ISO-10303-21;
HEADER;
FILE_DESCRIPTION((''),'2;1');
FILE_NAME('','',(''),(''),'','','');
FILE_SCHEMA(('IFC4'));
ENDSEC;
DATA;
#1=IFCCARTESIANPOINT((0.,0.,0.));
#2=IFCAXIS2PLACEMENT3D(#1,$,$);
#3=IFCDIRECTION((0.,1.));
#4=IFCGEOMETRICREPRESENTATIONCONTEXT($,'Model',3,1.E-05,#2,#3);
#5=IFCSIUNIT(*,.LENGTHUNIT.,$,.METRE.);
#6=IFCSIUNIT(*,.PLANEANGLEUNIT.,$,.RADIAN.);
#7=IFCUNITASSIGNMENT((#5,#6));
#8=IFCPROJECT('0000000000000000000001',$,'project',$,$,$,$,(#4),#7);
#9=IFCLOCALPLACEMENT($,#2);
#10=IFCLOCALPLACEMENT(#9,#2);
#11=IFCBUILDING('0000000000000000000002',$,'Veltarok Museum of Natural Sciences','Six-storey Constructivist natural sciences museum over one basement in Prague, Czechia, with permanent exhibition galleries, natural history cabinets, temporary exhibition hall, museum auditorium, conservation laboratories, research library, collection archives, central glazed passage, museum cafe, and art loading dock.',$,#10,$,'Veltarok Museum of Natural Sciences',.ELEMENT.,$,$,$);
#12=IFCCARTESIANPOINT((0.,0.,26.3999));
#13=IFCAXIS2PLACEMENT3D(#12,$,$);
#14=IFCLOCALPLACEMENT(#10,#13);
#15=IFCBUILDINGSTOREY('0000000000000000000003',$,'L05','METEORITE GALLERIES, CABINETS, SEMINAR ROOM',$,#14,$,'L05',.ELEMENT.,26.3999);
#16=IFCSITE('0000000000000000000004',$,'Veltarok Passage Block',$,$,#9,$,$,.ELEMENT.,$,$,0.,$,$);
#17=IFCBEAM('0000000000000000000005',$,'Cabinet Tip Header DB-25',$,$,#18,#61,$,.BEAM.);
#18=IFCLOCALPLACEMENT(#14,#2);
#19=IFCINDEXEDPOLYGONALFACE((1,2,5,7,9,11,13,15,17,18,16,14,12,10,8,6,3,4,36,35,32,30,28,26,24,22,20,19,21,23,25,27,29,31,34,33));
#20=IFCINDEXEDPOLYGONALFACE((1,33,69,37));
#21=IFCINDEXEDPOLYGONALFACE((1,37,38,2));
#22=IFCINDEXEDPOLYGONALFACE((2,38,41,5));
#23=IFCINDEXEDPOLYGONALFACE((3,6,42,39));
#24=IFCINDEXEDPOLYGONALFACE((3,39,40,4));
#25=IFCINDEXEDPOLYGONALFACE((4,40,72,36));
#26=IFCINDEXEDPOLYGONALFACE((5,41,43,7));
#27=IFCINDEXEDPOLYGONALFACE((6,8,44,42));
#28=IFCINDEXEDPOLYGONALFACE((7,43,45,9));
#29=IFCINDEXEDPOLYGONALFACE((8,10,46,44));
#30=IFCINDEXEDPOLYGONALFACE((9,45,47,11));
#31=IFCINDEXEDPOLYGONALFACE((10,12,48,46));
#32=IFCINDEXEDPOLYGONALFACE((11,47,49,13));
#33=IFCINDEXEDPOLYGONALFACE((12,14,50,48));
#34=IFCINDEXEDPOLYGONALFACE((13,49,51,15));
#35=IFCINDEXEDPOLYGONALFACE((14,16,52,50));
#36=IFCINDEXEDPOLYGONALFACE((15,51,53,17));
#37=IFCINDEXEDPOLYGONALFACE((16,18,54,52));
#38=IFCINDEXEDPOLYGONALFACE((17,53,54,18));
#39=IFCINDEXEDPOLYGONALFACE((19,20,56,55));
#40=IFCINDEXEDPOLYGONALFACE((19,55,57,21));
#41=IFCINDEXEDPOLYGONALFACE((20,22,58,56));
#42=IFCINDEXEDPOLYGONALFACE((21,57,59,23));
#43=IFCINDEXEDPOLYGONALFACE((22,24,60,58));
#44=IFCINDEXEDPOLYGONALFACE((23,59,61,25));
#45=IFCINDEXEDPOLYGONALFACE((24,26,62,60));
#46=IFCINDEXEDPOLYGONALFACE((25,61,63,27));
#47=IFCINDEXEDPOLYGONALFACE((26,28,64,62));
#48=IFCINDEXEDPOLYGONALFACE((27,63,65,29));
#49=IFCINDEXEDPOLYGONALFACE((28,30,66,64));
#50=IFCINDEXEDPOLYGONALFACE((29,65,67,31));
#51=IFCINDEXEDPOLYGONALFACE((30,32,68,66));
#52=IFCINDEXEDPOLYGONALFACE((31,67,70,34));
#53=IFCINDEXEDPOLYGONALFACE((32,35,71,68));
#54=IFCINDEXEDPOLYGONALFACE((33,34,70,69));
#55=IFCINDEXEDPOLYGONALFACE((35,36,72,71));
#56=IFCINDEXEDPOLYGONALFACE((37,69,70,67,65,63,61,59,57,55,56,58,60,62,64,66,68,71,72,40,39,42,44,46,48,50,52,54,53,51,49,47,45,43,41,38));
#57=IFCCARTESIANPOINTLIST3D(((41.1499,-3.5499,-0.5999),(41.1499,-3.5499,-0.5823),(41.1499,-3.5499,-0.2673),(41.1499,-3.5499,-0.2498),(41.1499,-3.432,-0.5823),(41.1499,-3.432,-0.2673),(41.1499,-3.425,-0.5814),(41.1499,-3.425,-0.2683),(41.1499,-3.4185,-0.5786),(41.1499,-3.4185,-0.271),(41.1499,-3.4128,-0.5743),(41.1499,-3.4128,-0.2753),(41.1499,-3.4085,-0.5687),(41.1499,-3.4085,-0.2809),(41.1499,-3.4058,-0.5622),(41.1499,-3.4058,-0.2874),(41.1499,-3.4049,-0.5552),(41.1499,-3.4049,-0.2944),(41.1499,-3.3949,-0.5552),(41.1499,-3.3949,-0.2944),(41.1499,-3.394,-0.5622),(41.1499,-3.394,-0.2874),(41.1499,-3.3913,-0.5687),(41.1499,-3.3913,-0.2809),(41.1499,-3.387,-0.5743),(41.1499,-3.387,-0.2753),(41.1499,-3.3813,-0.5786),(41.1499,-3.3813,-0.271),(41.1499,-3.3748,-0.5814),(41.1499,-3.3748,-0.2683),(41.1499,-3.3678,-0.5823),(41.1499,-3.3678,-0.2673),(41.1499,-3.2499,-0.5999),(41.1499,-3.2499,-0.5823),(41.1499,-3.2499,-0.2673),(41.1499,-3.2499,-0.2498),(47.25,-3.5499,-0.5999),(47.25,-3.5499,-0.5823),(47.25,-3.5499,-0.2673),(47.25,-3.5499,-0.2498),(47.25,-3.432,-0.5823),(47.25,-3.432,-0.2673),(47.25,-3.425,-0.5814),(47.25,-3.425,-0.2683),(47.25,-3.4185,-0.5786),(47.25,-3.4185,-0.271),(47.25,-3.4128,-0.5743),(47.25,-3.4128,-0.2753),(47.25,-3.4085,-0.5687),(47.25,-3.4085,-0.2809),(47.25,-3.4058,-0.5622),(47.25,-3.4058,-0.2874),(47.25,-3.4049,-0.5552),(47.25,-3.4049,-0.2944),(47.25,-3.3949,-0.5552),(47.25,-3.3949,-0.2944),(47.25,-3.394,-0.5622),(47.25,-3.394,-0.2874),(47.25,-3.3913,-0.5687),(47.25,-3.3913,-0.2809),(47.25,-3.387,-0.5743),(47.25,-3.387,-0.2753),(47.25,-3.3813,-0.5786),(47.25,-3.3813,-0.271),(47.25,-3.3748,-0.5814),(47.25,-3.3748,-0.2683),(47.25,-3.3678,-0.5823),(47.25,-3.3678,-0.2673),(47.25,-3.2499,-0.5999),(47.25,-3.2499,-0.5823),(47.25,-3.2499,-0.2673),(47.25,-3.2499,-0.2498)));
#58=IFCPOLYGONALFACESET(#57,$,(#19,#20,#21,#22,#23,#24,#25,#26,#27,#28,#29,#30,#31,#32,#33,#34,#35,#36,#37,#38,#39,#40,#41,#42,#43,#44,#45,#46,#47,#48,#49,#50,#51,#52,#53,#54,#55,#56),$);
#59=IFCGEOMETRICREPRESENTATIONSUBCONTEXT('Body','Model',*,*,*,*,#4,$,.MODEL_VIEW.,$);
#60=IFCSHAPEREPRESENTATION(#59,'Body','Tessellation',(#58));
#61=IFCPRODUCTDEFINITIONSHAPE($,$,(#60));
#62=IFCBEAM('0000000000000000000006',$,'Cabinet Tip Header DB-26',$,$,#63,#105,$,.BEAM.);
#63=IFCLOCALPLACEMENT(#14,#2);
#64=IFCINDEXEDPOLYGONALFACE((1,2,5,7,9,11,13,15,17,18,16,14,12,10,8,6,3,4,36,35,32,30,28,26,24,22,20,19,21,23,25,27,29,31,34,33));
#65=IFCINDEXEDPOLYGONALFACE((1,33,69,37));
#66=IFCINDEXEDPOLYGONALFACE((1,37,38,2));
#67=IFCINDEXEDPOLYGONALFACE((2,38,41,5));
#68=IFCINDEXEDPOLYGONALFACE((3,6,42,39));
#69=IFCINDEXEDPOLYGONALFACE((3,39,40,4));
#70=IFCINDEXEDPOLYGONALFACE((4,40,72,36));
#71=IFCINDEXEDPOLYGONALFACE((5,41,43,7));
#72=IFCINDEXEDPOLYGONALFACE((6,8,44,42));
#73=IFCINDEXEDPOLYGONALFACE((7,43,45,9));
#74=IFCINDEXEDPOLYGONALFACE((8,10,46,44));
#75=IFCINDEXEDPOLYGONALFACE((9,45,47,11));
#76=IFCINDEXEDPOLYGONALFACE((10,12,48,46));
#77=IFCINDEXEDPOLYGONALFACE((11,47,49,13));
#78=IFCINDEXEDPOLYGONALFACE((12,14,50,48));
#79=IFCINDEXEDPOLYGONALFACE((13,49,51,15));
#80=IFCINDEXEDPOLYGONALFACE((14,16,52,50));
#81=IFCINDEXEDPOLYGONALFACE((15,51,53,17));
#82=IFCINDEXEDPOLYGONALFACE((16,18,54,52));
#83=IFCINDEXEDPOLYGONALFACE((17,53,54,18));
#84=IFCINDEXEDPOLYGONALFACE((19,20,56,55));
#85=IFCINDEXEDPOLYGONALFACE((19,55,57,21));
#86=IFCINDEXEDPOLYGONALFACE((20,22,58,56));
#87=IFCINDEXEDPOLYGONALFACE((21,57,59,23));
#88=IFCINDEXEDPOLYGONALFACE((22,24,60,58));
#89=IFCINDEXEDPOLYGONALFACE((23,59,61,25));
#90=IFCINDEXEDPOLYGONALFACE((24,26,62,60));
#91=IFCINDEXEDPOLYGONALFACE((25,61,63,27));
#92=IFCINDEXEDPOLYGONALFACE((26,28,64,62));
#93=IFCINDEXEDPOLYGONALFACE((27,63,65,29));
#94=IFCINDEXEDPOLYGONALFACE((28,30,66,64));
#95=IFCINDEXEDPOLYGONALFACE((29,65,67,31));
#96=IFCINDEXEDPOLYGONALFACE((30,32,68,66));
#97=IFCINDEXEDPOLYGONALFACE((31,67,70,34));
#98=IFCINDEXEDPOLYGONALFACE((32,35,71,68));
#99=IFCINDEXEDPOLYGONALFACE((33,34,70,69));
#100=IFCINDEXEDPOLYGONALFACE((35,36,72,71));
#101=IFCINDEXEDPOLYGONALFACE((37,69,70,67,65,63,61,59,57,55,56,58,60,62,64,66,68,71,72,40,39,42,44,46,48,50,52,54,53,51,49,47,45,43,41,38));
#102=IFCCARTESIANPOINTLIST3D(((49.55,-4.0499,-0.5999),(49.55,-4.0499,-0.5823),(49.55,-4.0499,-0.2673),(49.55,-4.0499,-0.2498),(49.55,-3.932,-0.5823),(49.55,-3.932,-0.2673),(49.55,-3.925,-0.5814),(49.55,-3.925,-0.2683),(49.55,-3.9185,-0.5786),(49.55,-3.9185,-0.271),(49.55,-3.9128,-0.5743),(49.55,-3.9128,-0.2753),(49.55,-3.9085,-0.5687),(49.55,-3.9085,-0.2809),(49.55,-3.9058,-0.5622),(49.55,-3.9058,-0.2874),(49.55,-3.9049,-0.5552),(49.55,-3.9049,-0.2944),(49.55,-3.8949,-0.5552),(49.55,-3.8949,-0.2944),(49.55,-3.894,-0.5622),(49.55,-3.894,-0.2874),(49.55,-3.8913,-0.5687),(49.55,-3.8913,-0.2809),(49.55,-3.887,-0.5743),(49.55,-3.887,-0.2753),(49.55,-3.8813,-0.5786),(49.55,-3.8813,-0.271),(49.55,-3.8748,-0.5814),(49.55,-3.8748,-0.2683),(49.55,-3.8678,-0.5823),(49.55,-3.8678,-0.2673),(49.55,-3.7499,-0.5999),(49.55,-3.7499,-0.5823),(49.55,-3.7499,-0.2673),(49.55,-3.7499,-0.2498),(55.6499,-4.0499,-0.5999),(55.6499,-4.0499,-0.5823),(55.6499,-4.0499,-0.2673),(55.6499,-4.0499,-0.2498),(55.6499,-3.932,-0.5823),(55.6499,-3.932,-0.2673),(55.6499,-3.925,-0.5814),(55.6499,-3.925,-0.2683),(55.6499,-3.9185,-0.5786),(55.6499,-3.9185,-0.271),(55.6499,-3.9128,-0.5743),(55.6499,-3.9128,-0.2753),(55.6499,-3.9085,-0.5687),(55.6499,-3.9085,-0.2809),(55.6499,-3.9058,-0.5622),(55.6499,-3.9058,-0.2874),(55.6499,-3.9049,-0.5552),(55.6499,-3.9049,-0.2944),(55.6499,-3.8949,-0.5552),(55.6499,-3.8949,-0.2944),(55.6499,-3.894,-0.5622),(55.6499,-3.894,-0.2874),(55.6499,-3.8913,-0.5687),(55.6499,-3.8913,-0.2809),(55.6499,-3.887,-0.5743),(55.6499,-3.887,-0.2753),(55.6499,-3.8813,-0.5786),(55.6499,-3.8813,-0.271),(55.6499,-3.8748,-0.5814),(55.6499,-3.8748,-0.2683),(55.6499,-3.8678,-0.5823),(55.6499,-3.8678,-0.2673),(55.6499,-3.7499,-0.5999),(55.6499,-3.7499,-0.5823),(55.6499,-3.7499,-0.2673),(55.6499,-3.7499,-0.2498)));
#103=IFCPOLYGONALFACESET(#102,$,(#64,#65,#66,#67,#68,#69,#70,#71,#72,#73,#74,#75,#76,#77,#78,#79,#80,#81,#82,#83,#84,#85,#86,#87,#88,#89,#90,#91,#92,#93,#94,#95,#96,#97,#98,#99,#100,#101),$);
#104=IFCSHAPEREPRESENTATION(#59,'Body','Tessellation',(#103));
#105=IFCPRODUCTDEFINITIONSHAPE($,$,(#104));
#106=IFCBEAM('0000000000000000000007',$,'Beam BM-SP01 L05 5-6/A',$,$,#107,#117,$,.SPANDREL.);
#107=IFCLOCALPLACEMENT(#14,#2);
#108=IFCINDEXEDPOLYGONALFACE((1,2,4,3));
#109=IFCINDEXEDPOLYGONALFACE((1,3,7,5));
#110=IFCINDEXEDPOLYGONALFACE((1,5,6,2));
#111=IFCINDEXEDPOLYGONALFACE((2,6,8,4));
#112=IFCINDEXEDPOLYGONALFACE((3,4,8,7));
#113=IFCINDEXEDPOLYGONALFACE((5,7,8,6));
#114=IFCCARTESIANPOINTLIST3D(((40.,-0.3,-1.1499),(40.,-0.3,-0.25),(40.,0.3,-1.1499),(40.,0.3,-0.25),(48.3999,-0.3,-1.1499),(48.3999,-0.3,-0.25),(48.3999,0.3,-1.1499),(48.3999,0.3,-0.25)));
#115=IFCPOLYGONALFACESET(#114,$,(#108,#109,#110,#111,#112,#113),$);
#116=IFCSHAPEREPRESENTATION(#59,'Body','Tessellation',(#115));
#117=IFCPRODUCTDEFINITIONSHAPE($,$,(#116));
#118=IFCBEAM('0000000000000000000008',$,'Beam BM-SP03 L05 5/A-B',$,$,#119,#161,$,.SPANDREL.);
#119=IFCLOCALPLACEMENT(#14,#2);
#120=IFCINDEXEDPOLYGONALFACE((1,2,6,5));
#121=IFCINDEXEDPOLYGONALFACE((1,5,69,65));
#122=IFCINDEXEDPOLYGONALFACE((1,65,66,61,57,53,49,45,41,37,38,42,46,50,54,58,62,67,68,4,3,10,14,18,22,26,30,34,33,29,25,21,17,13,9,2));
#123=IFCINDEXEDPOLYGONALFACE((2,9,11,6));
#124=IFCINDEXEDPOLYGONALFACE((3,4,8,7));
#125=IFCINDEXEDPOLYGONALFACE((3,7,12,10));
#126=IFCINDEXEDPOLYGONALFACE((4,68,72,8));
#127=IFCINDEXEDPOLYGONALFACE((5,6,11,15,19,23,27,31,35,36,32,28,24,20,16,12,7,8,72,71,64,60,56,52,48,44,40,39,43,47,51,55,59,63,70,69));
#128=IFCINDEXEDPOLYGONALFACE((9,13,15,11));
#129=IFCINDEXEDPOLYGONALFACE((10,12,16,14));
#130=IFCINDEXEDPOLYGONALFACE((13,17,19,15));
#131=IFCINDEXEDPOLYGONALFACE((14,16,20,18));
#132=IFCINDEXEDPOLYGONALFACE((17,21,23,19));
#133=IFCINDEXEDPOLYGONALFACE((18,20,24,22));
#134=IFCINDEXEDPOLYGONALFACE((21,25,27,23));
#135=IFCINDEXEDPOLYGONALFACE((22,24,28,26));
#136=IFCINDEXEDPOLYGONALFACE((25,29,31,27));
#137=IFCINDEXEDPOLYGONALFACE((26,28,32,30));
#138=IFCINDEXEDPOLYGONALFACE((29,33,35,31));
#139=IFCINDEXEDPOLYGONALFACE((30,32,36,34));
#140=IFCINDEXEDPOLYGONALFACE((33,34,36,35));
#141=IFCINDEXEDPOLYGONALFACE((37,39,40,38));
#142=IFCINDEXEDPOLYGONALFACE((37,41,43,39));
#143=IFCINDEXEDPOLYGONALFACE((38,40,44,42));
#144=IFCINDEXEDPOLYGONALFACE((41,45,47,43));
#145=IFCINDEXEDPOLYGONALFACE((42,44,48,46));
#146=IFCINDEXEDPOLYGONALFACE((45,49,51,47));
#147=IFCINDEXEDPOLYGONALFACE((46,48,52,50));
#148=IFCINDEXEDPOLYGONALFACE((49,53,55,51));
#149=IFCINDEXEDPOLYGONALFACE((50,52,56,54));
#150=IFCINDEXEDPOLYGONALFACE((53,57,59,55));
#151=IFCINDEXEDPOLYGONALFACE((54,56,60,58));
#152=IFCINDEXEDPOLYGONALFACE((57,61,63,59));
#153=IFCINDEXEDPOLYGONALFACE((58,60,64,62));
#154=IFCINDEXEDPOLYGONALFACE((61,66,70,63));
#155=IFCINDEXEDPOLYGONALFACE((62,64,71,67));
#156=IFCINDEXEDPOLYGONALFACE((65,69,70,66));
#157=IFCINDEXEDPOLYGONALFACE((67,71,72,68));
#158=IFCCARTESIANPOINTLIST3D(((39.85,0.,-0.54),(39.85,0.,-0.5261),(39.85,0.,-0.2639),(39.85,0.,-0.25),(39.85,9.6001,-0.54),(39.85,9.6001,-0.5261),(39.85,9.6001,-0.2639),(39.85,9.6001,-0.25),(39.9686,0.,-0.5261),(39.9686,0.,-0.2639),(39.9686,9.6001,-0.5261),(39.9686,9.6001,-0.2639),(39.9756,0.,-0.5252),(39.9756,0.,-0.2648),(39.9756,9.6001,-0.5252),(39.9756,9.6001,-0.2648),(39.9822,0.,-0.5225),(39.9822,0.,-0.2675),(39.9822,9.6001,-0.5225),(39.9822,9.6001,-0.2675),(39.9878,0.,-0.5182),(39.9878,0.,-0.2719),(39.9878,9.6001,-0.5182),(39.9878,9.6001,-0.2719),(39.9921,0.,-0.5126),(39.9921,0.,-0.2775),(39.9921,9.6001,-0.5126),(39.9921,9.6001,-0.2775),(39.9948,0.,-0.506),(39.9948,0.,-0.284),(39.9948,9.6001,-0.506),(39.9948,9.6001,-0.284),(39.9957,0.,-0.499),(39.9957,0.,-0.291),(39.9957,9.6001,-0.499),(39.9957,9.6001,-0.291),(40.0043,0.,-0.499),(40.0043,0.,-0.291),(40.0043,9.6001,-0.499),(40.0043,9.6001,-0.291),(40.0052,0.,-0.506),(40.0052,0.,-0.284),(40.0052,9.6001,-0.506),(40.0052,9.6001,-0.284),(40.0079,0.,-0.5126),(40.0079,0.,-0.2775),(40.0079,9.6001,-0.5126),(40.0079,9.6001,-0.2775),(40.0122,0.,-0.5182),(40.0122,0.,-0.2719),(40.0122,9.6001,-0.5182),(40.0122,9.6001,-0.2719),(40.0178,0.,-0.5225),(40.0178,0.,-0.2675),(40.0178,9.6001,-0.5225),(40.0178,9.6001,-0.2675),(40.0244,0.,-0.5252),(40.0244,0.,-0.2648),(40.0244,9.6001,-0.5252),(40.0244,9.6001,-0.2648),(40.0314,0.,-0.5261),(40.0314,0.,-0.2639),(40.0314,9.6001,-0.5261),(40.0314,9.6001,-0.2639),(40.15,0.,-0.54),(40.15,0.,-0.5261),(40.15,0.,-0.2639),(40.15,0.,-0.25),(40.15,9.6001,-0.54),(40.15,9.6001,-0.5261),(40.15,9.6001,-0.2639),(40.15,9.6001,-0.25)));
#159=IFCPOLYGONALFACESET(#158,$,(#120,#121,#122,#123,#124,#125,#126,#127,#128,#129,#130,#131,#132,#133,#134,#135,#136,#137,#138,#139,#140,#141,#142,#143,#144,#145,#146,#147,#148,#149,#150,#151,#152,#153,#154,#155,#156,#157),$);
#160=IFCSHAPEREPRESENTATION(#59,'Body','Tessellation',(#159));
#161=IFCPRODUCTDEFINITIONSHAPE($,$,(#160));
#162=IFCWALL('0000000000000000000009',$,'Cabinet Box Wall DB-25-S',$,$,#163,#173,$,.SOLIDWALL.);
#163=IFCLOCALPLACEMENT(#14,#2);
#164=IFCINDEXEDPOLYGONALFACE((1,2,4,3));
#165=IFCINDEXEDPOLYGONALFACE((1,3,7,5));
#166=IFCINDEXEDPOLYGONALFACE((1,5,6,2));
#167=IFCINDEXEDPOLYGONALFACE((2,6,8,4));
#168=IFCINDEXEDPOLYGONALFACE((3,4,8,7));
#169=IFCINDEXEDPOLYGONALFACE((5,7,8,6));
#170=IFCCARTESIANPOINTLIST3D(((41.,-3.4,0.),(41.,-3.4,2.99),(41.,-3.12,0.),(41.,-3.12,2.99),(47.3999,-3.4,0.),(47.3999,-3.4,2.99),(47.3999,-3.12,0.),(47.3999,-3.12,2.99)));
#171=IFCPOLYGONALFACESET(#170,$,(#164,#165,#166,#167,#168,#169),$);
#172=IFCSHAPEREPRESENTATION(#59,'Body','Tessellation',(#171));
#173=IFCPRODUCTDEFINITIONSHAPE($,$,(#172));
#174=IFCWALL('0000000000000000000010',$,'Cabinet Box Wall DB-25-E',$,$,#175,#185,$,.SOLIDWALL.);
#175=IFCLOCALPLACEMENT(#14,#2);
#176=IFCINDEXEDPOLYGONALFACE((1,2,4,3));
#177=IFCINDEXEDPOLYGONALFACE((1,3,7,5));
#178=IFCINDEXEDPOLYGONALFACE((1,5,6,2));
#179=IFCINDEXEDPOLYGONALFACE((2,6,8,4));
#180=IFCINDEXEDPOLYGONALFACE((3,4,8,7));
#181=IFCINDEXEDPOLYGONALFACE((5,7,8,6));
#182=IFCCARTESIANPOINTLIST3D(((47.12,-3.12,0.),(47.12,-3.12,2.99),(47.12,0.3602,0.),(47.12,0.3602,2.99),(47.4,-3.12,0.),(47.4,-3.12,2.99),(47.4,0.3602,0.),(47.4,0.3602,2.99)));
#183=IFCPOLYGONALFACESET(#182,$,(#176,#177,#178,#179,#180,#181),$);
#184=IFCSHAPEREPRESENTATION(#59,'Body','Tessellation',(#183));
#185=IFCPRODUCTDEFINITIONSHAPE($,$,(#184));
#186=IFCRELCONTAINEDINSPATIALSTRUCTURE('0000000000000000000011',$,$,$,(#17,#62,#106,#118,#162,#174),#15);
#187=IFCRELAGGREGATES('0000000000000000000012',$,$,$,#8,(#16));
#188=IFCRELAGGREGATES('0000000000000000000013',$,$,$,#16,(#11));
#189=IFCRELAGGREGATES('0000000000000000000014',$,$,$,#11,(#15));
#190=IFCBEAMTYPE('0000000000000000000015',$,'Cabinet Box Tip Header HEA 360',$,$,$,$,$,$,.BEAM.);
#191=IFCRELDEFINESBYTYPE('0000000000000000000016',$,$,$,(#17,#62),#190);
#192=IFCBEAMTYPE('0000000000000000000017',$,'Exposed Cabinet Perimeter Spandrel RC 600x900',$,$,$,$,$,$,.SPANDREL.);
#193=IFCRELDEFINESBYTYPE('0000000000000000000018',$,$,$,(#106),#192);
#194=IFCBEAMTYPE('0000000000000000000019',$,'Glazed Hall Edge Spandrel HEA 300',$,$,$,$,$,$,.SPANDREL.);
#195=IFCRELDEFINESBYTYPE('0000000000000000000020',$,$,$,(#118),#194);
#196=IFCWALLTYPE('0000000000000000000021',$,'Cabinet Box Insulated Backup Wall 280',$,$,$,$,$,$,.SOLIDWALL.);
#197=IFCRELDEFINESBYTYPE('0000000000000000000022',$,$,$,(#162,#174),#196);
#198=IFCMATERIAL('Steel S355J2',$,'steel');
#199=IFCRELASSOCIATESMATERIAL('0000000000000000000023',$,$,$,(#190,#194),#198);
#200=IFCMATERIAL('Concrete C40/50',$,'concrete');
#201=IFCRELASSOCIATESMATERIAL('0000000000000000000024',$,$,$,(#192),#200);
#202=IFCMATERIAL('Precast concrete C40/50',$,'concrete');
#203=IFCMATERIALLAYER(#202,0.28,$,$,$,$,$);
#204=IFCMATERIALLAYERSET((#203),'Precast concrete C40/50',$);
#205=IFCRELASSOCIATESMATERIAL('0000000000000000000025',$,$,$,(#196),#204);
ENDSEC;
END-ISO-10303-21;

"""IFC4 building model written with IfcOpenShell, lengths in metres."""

from ifc_helpers import new_model, si_unit, direction, frame, frame_2d, origin, origin_2d, place, context, subcontext, project, spatial, rectangle, i_section, extrude, material, layer, layer_set, material_profile, profile_set, type_object, element, save


model = new_model("IFC4")

# Units and contexts
model_context = context("Model", 3, precision=1e-05, world=origin(), true_north=direction((0.0, 1.0)))
body_context = subcontext(model_context, "Body", "Model", "MODEL_VIEW")
ifc_project = project(units=[si_unit("LENGTHUNIT", "METRE"), si_unit("PLANEANGLEUNIT", "RADIAN")], contexts=[model_context])

# Site, building, storey
site_placement = place(None, origin())
site = spatial("IfcSite", under=ifc_project, at=site_placement, Name="Veltarok Passage Block", CompositionType="ELEMENT", RefElevation=0.0)
building_placement = place(site_placement, origin())
building = spatial("IfcBuilding", under=site, at=building_placement, Name="Veltarok Museum of Natural Sciences", Description="Six-storey Constructivist natural sciences museum over one basement in Prague, Czechia, with permanent exhibition galleries, natural history cabinets, temporary exhibition hall, museum auditorium, conservation laboratories, research library, collection archives, central glazed passage, museum cafe, and art loading dock.", LongName="Veltarok Museum of Natural Sciences", CompositionType="ELEMENT")
storey_placement = place(building_placement, frame((0.0, 0.0, 26.3999)))
storey = spatial("IfcBuildingStorey", under=building, at=storey_placement, Name="L05", Description="METEORITE GALLERIES, CABINETS, SEMINAR ROOM", LongName="L05", CompositionType="ELEMENT", Elevation=26.3999)

# Shared definitions
ifc_material_1 = material(Name="Concrete C40/50", Category="concrete")

# Beams
ifc_material_2 = material(Name="Steel S355J2", Category="steel")
ifc_material_profile_1 = material_profile(ifc_material_2, i_section(OverallWidth=0.3, OverallDepth=0.3501, WebThickness=0.01, FlangeThickness=0.0176, FilletRadius=0.0271, at=origin_2d()), Name="HEA 360")
ifc_profile_set_1 = profile_set([ifc_material_profile_1], Name="Steel S355J2")
beam_type_1 = type_object("IfcBeamType", Name="Cabinet Box Tip Header HEA 360", PredefinedType="BEAM", material=ifc_profile_set_1)
beam_1_placement = place(storey_placement, frame((41.1499, -3.3999, -0.4248), z_axis=(1.0, 0.0, 0.0), x_axis=(0.0, 1.0, 0.0)))
element("IfcBeam", 1, at=beam_1_placement, inside=storey, type_object=beam_type_1, Name="Cabinet Tip Header DB-25", PredefinedType="BEAM", context=body_context, shape_type="SweptSolid", body=[
    extrude(i_section(OverallWidth=0.3, OverallDepth=0.3501, WebThickness=0.01, FlangeThickness=0.0176, FilletRadius=0.0271, at=origin_2d()), origin(), (0.0, 0.0, 1.0), 6.1001),
])
beam_2_placement = place(storey_placement, frame((49.55, -3.8999, -0.4248), z_axis=(1.0, 0.0, 0.0), x_axis=(0.0, 1.0, 0.0)))
element("IfcBeam", 2, at=beam_2_placement, inside=storey, type_object=beam_type_1, Name="Cabinet Tip Header DB-26", PredefinedType="BEAM", context=body_context, shape_type="SweptSolid", body=[
    extrude(i_section(OverallWidth=0.3, OverallDepth=0.3501, WebThickness=0.01, FlangeThickness=0.0176, FilletRadius=0.0271, at=origin_2d()), origin(), (0.0, 0.0, 1.0), 6.0999),
])
ifc_material_profile_2 = material_profile(ifc_material_1, rectangle(XDim=0.6001, YDim=0.8999, at=origin_2d()), Name="RC 600x900")
ifc_profile_set_2 = profile_set([ifc_material_profile_2], Name="Concrete C40/50")
beam_type_2 = type_object("IfcBeamType", Name="Exposed Cabinet Perimeter Spandrel RC 600x900", PredefinedType="SPANDREL", material=ifc_profile_set_2)
beam_3_placement = place(storey_placement, frame((40.0, 0.0, -0.7), z_axis=(1.0, 0.0, 0.0), x_axis=(0.0, 1.0, 0.0)))
element("IfcBeam", 3, at=beam_3_placement, inside=storey, type_object=beam_type_2, Name="Beam BM-SP01 L05 5-6/A", PredefinedType="SPANDREL", context=body_context, shape_type="SweptSolid", body=[
    extrude(rectangle(XDim=0.6001, YDim=0.8999, at=origin_2d()), origin(), (0.0, 0.0, 1.0), 8.3999),
])
ifc_material_profile_3 = material_profile(ifc_material_2, i_section(OverallWidth=0.3, OverallDepth=0.29, WebThickness=0.0085, FlangeThickness=0.0139, FilletRadius=0.0271, at=origin_2d()), Name="HEA 300")
ifc_profile_set_3 = profile_set([ifc_material_profile_3], Name="Steel S355J2")
beam_type_3 = type_object("IfcBeamType", Name="Glazed Hall Edge Spandrel HEA 300", PredefinedType="SPANDREL", material=ifc_profile_set_3)
beam_4_placement = place(storey_placement, frame((40.0, 0.0, -0.395), z_axis=(0.0, 1.0, 0.0), x_axis=(-1.0, 0.0, 0.0)))
element("IfcBeam", 4, at=beam_4_placement, inside=storey, type_object=beam_type_3, Name="Beam BM-SP03 L05 5/A-B", PredefinedType="SPANDREL", context=body_context, shape_type="SweptSolid", body=[
    extrude(i_section(OverallWidth=0.3, OverallDepth=0.29, WebThickness=0.0085, FlangeThickness=0.0139, FilletRadius=0.0271, at=origin_2d()), origin(), (0.0, 0.0, 1.0), 9.6001),
])

# Walls
ifc_material_3 = material(Name="Precast concrete C40/50", Category="concrete")
ifc_layer_1 = layer(ifc_material_3, 0.28)
ifc_layer_set_1 = layer_set([ifc_layer_1], Name="Precast concrete C40/50")
wall_type_1 = type_object("IfcWallType", Name="Cabinet Box Insulated Backup Wall 280", PredefinedType="SOLIDWALL", material=ifc_layer_set_1)
wall_1_placement = place(storey_placement, frame((41.0, -3.26, 0.0), z_axis=(0.0, 0.0, 1.0), x_axis=(1.0, 0.0, 0.0)))
element("IfcWall", 5, at=wall_1_placement, inside=storey, type_object=wall_type_1, Name="Cabinet Box Wall DB-25-S", PredefinedType="SOLIDWALL", context=body_context, shape_type="SweptSolid", body=[
    extrude(rectangle(XDim=6.3999, YDim=0.28, at=frame_2d((3.2, 0.0))), origin(), (0.0, 0.0, 1.0), 2.99),
])
wall_2_placement = place(storey_placement, frame((47.26, -3.1201, 0.0), z_axis=(0.0, 0.0, 1.0), x_axis=(0.0, 1.0, 0.0)))
element("IfcWall", 6, at=wall_2_placement, inside=storey, type_object=wall_type_1, Name="Cabinet Box Wall DB-25-E", PredefinedType="SOLIDWALL", context=body_context, shape_type="SweptSolid", body=[
    extrude(rectangle(XDim=3.4802, YDim=0.28, at=frame_2d((1.7402, 0.0))), origin(), (0.0, 0.0, 1.0), 2.99),
])

save(model, "model.ifc")
